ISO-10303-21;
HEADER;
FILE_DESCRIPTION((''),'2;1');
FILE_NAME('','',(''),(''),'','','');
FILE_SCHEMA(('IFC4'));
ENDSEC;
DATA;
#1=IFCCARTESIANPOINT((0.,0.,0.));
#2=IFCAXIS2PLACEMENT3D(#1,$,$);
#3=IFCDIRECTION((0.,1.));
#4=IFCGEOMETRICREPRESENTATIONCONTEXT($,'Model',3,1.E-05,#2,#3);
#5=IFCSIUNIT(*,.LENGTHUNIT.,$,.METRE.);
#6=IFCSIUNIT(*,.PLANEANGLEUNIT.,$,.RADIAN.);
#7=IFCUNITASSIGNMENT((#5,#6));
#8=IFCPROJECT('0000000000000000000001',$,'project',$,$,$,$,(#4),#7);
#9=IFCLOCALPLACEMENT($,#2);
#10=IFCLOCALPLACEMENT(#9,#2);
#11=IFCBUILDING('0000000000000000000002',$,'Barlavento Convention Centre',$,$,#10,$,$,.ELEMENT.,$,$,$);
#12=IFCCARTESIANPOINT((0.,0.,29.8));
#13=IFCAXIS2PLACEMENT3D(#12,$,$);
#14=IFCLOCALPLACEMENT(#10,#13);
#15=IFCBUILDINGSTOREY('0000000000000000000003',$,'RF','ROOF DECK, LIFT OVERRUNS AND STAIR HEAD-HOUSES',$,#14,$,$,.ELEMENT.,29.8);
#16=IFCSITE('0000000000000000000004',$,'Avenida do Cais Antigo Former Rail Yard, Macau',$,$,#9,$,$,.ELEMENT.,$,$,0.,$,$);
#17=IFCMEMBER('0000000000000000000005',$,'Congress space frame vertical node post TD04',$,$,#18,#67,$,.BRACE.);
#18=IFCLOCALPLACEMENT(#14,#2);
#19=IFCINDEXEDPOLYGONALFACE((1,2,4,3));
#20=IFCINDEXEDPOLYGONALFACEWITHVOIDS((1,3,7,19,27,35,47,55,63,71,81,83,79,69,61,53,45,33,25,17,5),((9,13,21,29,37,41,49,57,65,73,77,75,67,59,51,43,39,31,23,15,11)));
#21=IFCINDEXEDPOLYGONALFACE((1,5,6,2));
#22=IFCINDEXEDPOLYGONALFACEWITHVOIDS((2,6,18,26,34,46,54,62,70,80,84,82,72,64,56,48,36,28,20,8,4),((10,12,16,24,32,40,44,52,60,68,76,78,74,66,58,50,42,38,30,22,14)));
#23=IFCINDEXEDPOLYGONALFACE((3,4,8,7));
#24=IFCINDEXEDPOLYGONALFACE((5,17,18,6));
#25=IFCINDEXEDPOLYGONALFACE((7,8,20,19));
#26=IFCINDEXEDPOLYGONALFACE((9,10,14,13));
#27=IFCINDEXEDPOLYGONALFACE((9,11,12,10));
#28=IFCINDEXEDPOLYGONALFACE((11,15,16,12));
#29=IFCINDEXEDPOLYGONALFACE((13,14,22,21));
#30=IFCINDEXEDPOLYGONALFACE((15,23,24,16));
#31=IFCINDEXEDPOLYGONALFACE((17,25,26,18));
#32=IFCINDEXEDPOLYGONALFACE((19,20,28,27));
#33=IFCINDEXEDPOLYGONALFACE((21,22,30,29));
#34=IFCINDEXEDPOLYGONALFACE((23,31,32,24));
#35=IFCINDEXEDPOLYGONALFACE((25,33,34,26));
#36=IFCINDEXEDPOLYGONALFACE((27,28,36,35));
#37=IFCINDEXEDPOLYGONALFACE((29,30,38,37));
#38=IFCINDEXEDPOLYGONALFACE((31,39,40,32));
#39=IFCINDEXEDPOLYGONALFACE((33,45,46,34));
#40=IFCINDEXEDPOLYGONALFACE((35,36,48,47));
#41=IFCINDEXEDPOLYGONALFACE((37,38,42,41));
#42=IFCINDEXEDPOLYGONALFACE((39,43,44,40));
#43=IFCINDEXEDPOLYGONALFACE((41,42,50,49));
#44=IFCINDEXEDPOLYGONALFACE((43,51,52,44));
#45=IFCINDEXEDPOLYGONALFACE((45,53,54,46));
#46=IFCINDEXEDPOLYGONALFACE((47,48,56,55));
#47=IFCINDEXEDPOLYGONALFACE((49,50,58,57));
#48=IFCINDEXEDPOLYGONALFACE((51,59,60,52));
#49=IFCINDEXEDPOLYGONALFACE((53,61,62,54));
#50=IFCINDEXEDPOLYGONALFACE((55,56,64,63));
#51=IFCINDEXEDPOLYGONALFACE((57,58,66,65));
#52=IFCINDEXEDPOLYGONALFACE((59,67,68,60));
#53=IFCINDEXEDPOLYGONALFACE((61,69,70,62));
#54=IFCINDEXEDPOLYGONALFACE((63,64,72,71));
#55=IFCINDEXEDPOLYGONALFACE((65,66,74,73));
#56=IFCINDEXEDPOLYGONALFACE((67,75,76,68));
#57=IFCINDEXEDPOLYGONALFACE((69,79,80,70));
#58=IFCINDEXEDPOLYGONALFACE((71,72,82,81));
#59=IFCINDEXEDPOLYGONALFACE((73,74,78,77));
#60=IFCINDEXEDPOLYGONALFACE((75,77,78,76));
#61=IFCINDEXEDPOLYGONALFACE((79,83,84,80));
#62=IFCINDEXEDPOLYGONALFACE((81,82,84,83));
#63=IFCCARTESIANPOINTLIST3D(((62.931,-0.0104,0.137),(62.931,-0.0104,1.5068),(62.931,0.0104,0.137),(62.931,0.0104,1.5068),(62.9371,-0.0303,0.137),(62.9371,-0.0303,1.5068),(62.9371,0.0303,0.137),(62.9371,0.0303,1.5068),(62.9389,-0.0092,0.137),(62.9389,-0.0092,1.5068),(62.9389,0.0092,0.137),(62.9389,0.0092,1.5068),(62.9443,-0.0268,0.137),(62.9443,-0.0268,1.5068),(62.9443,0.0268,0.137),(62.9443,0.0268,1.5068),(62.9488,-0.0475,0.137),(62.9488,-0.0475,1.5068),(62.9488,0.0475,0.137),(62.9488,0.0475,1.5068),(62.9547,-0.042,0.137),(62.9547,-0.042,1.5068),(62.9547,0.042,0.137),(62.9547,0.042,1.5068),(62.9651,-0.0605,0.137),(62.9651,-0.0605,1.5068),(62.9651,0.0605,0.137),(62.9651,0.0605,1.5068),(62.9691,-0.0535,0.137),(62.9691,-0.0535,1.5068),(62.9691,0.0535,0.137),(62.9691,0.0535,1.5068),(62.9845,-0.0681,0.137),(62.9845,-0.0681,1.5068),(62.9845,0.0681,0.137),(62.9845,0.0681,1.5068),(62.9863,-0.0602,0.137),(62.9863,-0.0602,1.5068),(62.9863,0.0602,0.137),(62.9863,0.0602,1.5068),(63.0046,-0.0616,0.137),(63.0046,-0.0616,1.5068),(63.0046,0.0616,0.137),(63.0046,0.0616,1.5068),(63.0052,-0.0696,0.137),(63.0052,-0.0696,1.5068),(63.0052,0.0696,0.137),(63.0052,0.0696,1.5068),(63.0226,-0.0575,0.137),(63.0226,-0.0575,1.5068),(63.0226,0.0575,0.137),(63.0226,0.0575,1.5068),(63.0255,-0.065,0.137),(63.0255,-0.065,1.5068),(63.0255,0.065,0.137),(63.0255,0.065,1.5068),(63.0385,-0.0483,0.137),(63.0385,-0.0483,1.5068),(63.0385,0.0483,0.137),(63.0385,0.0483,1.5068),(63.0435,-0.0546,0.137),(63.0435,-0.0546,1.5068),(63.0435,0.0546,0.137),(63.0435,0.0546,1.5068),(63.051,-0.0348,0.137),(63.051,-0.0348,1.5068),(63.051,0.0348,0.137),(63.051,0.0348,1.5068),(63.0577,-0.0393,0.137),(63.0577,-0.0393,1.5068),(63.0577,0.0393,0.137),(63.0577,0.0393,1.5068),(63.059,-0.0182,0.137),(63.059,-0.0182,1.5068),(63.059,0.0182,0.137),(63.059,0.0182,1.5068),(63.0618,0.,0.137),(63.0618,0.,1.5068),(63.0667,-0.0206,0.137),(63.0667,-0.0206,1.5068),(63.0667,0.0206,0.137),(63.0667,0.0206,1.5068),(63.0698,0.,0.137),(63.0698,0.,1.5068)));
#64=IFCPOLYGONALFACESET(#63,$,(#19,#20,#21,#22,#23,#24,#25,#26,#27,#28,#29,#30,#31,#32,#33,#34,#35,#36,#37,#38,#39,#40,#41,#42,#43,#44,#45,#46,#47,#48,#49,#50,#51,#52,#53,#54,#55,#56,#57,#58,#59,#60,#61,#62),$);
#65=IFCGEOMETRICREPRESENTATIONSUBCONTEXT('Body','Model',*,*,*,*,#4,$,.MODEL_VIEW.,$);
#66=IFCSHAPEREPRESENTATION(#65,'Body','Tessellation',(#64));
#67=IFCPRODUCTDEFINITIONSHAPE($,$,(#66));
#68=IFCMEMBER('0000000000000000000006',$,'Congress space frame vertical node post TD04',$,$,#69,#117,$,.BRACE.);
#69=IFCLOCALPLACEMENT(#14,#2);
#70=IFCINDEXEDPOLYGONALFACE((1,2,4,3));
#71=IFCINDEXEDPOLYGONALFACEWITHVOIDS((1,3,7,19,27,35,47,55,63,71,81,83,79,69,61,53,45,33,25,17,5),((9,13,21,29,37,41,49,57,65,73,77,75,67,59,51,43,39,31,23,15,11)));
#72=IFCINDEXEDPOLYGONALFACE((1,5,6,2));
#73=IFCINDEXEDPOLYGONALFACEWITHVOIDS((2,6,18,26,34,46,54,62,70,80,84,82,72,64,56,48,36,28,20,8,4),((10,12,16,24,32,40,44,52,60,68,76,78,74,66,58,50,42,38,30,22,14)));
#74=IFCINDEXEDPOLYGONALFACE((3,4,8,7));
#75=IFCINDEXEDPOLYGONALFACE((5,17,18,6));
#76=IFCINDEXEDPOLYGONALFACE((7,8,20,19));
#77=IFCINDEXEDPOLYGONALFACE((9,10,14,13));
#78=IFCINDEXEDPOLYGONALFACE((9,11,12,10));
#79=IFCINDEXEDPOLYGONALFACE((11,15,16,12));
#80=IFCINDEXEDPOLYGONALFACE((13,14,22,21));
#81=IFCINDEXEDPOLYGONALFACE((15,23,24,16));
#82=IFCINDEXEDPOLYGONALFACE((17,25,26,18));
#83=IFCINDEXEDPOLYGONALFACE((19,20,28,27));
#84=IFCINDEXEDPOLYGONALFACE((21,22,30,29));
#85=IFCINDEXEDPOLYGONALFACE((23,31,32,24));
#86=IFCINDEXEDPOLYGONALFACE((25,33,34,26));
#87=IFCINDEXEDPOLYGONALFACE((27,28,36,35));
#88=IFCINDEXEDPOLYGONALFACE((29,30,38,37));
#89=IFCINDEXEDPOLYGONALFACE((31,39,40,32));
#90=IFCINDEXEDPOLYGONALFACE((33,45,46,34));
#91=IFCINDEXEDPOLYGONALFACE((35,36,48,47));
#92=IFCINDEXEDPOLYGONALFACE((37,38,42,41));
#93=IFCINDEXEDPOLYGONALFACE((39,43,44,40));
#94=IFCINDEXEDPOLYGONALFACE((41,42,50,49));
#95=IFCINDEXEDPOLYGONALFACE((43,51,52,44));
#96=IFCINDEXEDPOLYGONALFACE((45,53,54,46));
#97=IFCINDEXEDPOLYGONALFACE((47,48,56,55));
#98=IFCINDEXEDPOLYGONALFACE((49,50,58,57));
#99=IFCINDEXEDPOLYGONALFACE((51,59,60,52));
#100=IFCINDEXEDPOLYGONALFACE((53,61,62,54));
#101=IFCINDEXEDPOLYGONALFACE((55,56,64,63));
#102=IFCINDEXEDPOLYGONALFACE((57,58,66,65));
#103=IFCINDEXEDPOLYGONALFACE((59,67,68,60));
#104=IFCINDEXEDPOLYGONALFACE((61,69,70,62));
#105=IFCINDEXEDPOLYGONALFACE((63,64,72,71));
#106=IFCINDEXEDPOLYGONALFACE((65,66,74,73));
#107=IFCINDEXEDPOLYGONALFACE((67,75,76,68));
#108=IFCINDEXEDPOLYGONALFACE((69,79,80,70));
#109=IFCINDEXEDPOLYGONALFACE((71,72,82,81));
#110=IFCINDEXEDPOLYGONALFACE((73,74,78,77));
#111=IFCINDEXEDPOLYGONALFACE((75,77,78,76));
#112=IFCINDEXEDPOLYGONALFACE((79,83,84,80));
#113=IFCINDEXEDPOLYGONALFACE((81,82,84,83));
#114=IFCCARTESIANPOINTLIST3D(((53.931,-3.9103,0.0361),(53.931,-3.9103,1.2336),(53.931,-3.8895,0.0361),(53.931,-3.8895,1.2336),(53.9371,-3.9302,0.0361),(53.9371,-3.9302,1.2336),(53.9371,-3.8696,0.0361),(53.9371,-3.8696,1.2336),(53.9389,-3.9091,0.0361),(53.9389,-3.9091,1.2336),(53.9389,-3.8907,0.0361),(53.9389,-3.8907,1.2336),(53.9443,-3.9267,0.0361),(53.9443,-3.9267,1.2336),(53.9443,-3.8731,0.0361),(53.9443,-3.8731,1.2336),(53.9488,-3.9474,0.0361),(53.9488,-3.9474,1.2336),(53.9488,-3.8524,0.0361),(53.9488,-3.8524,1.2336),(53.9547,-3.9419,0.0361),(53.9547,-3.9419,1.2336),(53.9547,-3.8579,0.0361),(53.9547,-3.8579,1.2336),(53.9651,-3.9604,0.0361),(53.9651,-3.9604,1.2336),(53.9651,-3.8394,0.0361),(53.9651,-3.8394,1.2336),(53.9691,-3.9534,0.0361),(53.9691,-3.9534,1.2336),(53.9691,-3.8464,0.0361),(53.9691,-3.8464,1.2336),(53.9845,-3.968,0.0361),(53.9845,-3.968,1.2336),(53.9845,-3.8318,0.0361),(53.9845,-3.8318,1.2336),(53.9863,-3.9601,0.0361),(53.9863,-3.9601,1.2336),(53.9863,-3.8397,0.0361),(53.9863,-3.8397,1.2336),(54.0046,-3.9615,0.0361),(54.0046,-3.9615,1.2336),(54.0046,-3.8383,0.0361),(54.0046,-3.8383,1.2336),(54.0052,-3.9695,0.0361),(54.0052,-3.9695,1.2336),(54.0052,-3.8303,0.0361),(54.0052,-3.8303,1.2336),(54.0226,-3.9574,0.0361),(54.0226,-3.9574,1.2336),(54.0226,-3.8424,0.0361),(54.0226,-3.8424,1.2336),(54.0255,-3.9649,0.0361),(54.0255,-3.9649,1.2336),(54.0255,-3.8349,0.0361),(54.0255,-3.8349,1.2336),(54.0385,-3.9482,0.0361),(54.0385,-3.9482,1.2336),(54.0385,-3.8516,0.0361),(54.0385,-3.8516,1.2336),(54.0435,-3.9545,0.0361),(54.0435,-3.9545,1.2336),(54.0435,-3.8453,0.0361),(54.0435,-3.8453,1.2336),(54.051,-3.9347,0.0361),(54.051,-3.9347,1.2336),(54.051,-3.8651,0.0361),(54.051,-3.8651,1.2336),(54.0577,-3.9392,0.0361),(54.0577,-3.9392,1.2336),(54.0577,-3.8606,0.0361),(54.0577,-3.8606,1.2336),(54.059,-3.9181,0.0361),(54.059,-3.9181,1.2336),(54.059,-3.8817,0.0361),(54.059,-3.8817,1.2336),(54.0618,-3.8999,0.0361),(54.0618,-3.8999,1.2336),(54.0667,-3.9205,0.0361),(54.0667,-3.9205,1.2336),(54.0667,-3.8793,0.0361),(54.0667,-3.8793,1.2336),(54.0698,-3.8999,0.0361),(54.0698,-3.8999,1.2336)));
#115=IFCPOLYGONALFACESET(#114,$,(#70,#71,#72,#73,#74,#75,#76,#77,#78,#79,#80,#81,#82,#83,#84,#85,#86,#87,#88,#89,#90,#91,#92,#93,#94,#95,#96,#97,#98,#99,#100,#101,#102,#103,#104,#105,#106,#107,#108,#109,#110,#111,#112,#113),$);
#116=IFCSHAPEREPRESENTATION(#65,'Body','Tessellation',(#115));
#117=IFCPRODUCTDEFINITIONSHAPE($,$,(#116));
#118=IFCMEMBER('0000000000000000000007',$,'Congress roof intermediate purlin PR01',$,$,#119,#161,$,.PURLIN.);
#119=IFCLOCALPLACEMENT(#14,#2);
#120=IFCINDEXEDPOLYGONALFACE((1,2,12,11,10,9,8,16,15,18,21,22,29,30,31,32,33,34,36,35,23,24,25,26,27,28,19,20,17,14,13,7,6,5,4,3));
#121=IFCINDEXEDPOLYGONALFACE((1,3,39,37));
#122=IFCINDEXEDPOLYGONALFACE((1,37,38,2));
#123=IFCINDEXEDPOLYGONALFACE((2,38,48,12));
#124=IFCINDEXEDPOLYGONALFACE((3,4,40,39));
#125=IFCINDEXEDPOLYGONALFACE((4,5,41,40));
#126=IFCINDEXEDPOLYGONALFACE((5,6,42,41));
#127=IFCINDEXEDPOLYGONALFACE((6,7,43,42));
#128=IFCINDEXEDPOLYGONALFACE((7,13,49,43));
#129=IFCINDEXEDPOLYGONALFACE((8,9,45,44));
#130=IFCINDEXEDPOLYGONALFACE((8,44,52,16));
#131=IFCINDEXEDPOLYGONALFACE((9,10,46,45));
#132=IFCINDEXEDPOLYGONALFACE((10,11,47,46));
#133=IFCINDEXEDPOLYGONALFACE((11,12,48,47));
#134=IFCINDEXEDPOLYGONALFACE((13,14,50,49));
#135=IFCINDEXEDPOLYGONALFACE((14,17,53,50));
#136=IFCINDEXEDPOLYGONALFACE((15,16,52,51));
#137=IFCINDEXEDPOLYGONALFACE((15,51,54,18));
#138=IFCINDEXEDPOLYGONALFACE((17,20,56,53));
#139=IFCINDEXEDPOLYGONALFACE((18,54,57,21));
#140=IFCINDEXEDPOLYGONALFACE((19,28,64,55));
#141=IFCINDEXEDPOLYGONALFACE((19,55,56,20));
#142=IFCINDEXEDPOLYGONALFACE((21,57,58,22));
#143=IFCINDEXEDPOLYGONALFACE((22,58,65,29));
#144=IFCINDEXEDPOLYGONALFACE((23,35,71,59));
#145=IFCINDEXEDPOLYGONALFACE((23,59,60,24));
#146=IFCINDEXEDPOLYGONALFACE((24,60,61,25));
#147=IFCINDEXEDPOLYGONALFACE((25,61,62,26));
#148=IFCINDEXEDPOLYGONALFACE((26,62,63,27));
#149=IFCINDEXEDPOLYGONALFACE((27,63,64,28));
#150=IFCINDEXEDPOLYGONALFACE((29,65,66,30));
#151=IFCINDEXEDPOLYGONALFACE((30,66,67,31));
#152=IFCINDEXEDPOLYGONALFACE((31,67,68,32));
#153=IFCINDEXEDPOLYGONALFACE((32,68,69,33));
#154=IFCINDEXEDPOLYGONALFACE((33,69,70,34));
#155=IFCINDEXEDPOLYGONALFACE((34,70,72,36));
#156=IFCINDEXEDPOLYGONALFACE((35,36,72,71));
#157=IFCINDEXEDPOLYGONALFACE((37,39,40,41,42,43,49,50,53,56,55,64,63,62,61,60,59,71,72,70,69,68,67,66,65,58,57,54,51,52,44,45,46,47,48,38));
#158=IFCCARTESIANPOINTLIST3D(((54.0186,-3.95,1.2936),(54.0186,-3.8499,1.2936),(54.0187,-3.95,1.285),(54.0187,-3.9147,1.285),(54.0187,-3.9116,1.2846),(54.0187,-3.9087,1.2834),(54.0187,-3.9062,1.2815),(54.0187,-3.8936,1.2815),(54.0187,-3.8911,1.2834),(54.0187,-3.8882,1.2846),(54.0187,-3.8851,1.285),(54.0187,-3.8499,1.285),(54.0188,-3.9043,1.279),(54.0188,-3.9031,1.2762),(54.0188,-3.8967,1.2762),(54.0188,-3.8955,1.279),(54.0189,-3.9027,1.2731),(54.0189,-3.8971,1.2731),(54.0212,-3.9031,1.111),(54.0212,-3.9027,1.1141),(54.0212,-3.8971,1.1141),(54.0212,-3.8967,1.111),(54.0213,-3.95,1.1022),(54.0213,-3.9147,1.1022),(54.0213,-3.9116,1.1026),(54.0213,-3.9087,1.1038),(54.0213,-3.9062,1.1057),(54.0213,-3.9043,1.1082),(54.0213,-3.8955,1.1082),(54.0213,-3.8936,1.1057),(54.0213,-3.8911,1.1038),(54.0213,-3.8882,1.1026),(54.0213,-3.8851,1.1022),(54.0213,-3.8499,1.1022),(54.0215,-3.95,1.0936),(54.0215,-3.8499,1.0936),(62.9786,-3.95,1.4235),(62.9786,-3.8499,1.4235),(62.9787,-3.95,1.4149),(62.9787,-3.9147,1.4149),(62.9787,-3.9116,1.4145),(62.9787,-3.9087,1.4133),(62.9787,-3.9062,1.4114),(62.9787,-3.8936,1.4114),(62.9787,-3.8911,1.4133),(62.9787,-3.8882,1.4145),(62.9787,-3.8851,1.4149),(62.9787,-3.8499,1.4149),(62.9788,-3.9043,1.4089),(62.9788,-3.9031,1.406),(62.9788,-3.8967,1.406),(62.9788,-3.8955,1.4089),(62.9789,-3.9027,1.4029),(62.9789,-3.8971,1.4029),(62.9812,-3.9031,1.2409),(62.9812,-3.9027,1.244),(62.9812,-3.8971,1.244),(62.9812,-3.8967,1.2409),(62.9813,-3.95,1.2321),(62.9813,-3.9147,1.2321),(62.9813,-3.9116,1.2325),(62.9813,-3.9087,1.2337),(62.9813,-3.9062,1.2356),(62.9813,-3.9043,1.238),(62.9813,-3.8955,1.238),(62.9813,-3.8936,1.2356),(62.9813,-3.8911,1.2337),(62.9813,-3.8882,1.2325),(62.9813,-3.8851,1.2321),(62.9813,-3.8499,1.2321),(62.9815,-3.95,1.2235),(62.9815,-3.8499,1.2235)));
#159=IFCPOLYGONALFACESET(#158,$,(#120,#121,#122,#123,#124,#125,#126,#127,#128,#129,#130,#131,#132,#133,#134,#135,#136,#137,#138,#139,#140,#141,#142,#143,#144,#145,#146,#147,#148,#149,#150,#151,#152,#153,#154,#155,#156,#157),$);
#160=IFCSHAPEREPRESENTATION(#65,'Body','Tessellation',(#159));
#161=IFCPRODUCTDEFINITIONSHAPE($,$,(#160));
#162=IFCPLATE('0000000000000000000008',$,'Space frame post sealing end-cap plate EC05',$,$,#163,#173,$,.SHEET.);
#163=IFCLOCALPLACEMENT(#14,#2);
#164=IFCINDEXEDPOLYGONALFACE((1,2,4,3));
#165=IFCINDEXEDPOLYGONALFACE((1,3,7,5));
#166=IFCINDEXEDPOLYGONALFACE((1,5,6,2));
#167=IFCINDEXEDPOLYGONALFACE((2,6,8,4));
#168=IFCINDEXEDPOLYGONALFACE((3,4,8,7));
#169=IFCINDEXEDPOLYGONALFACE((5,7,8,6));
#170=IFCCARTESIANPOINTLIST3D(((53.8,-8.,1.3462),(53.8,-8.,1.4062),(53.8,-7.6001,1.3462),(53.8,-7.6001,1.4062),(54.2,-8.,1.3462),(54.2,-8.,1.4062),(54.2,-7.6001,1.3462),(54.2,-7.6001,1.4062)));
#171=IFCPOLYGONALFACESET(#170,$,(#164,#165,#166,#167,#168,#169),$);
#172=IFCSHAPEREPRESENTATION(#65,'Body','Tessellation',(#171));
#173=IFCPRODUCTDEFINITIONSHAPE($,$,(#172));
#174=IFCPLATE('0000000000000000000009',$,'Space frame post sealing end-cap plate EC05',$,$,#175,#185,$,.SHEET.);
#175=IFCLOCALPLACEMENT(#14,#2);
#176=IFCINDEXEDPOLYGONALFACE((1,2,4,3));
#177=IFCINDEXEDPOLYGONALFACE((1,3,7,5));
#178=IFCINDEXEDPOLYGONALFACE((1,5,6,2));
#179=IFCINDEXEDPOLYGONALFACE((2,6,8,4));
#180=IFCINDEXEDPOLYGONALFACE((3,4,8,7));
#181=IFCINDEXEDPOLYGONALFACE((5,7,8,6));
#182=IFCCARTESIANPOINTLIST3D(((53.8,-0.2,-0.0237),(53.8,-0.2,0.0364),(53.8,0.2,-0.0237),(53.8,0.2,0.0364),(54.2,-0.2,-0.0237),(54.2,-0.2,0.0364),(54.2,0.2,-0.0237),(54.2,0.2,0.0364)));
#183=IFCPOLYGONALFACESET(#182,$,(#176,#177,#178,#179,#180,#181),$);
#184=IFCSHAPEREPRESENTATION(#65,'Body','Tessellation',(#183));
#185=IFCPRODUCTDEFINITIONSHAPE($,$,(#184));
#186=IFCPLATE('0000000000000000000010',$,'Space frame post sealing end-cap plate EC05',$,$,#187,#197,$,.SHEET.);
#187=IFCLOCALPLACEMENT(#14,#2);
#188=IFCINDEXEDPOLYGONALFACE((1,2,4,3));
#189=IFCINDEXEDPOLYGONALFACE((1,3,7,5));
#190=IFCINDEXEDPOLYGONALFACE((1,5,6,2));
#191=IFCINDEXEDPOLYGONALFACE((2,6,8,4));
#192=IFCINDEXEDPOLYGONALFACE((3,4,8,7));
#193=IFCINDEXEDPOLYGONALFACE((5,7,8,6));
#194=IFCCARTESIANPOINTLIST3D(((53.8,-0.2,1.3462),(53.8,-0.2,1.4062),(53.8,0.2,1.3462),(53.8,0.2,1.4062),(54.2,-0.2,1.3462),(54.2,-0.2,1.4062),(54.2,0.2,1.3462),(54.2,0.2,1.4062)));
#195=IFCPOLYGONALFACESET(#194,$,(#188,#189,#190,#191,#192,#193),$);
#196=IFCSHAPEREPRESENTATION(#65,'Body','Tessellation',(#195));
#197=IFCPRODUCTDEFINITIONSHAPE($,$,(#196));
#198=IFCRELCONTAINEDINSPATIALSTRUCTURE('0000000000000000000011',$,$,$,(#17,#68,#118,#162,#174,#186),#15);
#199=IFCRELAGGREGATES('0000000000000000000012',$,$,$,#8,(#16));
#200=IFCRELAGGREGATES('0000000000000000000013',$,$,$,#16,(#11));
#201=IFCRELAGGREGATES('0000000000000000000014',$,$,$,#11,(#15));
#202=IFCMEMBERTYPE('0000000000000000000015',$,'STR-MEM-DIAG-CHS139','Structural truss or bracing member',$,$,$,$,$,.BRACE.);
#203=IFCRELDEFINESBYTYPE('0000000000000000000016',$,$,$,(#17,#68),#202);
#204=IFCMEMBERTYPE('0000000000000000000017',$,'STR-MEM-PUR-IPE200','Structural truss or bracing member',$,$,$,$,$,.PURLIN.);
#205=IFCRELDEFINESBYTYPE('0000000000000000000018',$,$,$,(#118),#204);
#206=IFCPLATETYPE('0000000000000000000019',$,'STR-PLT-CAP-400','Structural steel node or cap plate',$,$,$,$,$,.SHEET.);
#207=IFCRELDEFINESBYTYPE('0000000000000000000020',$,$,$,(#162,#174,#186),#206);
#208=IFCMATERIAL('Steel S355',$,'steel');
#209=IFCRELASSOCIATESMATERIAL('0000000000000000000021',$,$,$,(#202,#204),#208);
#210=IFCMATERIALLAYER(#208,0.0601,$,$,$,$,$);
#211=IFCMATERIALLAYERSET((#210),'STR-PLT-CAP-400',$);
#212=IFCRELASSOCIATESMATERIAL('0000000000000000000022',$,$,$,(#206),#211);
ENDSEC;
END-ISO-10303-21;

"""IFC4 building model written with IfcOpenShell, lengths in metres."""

from ifc_helpers import new_model, si_unit, direction, frame, origin, origin_2d, place, context, subcontext, project, spatial, rectangle, hollow_circle, i_section, extrude, material, layer, layer_set, material_profile, profile_set, type_object, element, save


model = new_model("IFC4")

# Units and contexts
model_context = context("Model", 3, precision=1e-05, world=origin(), true_north=direction((0.0, 1.0)))
body_context = subcontext(model_context, "Body", "Model", "MODEL_VIEW")
ifc_project = project(units=[si_unit("LENGTHUNIT", "METRE"), si_unit("PLANEANGLEUNIT", "RADIAN")], contexts=[model_context])

# Site, building, storey
site_placement = place(None, origin())
site = spatial("IfcSite", under=ifc_project, at=site_placement, Name="Avenida do Cais Antigo Former Rail Yard, Macau", CompositionType="ELEMENT", RefElevation=0.0)
building_placement = place(site_placement, origin())
building = spatial("IfcBuilding", under=site, at=building_placement, Name="Barlavento Convention Centre", CompositionType="ELEMENT")
storey_placement = place(building_placement, frame((0.0, 0.0, 29.8)))
storey = spatial("IfcBuildingStorey", under=building, at=storey_placement, Name="RF", Description="ROOF DECK, LIFT OVERRUNS AND STAIR HEAD-HOUSES", CompositionType="ELEMENT", Elevation=29.8)

# Shared definitions
ifc_material_1 = material(Name="Steel S355", Category="steel")

# Members
ifc_material_profile_1 = material_profile(ifc_material_1, hollow_circle(Radius=0.0698, WallThickness=0.0081, at=origin_2d()), Name="CHS 139.7x8.0")
ifc_profile_set_1 = profile_set([ifc_material_profile_1], Name="Steel S355")
member_type_1 = type_object("IfcMemberType", Name="STR-MEM-DIAG-CHS139", Description="Structural truss or bracing member", PredefinedType="BRACE", material=ifc_profile_set_1)
for number, where, z_axis, x_axis, name in (
    (1, (63.0, 0.0, 0.137), (0.0, 0.0, 1.0), (1.0, 0.0, 0.0), "Congress space frame vertical node post TD04"),
):
    element("IfcMember", number, at=place(storey_placement, frame(where, z_axis=z_axis, x_axis=x_axis)), inside=storey, type_object=member_type_1, Name=name, PredefinedType="BRACE", context=body_context, shape_type="SweptSolid", body=[
        extrude(hollow_circle(Radius=0.0698, WallThickness=0.0081, at=origin_2d()), origin(), (0.0, 0.0, 1.0), 1.3699),
    ])
member_1_placement = place(storey_placement, frame((54.0, -3.8999, 0.0361), z_axis=(0.0, 0.0, 1.0), x_axis=(1.0, 0.0, 0.0)))
element("IfcMember", 2, at=member_1_placement, inside=storey, type_object=member_type_1, Name="Congress space frame vertical node post TD04", PredefinedType="BRACE", context=body_context, shape_type="SweptSolid", body=[
    extrude(hollow_circle(Radius=0.0698, WallThickness=0.0081, at=origin_2d()), origin(), (0.0, 0.0, 1.0), 1.1975),
])
ifc_material_profile_2 = material_profile(ifc_material_1, i_section(OverallWidth=0.1001, OverallDepth=0.2, WebThickness=0.0056, FlangeThickness=0.0085, FilletRadius=0.012, at=origin_2d()), Name="IPE 200")
ifc_profile_set_2 = profile_set([ifc_material_profile_2], Name="Steel S355")
member_type_2 = type_object("IfcMemberType", Name="STR-MEM-PUR-IPE200", Description="Structural truss or bracing member", PredefinedType="PURLIN", material=ifc_profile_set_2)
member_2_placement = place(storey_placement, frame((54.02, -3.8999, 1.1936), z_axis=(0.999895, 0.0, 0.014494), x_axis=(0.0, 1.0, 0.0)))
element("IfcMember", 3, at=member_2_placement, inside=storey, type_object=member_type_2, Name="Congress roof intermediate purlin PR01", PredefinedType="PURLIN", context=body_context, shape_type="SweptSolid", body=[
    extrude(i_section(OverallWidth=0.1001, OverallDepth=0.2, WebThickness=0.0056, FlangeThickness=0.0085, FilletRadius=0.012, at=origin_2d()), origin(), (0.0, 0.0, 1.0), 8.9609),
])

# Plates
ifc_layer_1 = layer(ifc_material_1, 0.0601)
ifc_layer_set_1 = layer_set([ifc_layer_1], Name="STR-PLT-CAP-400")
plate_type_1 = type_object("IfcPlateType", Name="STR-PLT-CAP-400", Description="Structural steel node or cap plate", PredefinedType="SHEET", material=ifc_layer_set_1)
for number, where, z_axis, x_axis, name in (
    (4, (54.0, -7.8, 1.3462), (0.0, 0.0, 1.0), (1.0, 0.0, 0.0), "Space frame post sealing end-cap plate EC05"),
    (5, (54.0, 0.0, -0.0237), (0.0, 0.0, 1.0), (1.0, 0.0, 0.0), "Space frame post sealing end-cap plate EC05"),
    (6, (54.0, 0.0, 1.3462), (0.0, 0.0, 1.0), (1.0, 0.0, 0.0), "Space frame post sealing end-cap plate EC05"),
):
    element("IfcPlate", number, at=place(storey_placement, frame(where, z_axis=z_axis, x_axis=x_axis)), inside=storey, type_object=plate_type_1, Name=name, PredefinedType="SHEET", context=body_context, shape_type="SweptSolid", body=[
        extrude(rectangle(XDim=0.3999, YDim=0.3999, at=origin_2d()), origin(), (0.0, 0.0, 1.0), 0.0601),
    ])

save(model, "model.ifc")
